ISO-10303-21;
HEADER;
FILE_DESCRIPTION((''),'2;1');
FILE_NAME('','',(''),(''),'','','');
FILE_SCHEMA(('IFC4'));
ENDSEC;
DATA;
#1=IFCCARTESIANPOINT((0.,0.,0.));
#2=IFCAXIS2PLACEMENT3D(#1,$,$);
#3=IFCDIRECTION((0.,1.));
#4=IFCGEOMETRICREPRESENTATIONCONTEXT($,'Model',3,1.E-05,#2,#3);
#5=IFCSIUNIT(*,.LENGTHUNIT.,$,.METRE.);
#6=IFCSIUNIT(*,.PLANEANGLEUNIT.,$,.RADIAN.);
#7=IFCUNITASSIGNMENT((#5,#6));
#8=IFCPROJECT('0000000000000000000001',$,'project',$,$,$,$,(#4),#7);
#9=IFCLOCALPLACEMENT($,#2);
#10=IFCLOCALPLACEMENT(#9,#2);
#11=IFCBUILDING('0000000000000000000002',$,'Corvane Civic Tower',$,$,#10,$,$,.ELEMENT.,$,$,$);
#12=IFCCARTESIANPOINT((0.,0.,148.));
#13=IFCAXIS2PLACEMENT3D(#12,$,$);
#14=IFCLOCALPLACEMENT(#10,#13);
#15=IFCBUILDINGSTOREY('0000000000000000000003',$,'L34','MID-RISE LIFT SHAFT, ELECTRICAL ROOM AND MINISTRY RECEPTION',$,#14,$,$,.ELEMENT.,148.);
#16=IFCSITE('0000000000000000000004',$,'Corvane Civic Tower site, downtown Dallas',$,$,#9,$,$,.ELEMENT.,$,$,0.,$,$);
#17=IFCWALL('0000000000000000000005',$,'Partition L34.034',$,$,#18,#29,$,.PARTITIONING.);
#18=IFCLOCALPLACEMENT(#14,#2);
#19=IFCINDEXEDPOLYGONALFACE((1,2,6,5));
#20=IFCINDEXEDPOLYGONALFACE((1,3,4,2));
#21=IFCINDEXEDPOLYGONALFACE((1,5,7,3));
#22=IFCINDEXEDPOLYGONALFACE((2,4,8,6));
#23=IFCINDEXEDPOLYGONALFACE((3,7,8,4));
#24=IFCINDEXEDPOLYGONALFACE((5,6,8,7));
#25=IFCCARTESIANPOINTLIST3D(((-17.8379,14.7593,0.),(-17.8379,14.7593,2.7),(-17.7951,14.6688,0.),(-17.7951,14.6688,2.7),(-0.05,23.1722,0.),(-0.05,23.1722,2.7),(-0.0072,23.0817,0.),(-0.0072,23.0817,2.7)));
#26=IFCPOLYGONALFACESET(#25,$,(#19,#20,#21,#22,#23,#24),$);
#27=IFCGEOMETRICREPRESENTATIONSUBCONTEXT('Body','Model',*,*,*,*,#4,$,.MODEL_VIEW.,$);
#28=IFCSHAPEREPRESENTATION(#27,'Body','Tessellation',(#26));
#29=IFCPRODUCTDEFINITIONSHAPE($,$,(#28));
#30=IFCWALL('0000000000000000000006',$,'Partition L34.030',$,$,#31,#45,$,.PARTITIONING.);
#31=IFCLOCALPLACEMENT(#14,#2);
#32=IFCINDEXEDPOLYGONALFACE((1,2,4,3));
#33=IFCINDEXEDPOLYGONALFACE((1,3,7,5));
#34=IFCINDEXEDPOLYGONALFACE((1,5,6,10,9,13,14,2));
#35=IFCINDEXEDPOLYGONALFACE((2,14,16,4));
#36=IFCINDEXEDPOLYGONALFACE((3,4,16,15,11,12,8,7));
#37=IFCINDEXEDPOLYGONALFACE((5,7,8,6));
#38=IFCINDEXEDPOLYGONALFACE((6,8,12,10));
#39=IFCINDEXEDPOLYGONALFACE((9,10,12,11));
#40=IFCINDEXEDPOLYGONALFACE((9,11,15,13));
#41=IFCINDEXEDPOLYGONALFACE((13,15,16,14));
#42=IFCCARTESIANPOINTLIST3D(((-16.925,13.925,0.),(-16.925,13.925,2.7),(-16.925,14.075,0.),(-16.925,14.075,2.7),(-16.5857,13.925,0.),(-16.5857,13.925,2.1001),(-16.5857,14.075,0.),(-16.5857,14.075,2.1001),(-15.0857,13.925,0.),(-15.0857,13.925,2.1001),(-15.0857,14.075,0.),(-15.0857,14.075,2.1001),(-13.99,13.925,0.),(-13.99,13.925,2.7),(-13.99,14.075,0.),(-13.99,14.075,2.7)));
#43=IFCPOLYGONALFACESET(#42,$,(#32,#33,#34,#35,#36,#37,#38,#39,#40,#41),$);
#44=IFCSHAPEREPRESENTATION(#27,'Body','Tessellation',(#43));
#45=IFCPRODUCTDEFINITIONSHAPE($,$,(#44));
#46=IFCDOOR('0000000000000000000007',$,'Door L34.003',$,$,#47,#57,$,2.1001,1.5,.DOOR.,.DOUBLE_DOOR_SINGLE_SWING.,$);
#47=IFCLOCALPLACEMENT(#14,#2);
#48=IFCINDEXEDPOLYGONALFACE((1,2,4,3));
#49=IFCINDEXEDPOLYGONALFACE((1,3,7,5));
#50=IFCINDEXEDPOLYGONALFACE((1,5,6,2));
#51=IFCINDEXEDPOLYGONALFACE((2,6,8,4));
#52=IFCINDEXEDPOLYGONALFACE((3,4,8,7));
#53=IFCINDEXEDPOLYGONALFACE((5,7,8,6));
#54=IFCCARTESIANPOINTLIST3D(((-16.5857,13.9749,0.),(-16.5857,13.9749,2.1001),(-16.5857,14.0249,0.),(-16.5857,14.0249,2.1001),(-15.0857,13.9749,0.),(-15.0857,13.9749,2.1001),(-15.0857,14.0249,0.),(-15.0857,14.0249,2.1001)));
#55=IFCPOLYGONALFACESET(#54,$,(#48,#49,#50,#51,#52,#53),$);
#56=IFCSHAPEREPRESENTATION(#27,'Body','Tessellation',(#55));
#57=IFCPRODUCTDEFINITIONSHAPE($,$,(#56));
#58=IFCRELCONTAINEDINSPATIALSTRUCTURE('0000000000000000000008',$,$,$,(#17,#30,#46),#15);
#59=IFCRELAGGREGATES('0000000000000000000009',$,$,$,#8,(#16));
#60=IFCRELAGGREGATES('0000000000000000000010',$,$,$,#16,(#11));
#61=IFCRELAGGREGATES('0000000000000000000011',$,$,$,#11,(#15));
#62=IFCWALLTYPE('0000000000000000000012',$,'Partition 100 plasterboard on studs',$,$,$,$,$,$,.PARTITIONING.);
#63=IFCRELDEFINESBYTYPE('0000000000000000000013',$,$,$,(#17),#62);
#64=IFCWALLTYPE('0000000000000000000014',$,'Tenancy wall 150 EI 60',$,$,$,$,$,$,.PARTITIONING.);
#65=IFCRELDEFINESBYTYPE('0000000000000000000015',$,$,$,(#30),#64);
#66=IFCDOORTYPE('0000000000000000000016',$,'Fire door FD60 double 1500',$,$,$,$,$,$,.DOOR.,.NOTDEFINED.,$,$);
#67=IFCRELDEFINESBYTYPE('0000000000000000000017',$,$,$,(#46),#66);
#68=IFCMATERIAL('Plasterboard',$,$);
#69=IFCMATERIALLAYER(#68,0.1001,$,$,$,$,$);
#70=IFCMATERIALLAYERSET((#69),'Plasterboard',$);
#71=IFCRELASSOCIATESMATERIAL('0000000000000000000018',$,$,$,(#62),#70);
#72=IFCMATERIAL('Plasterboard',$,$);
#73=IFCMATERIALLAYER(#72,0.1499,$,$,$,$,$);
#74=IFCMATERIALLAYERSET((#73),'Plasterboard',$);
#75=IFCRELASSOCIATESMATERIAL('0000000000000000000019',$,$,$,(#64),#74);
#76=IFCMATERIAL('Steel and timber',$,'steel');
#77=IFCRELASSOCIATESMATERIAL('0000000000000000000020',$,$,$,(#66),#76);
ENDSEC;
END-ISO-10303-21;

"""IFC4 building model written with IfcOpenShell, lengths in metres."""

from ifc_helpers import new_model, si_unit, direction, frame, frame_2d, origin, place, context, subcontext, project, spatial, rectangle, extrude, material, layer, layer_set, type_object, element, fill, save


model = new_model("IFC4")

# Units and contexts
model_context = context("Model", 3, precision=1e-05, world=origin(), true_north=direction((0.0, 1.0)))
body_context = subcontext(model_context, "Body", "Model", "MODEL_VIEW")
ifc_project = project(units=[si_unit("LENGTHUNIT", "METRE"), si_unit("PLANEANGLEUNIT", "RADIAN")], contexts=[model_context])

# Site, building, storey
site_placement = place(None, origin())
site = spatial("IfcSite", under=ifc_project, at=site_placement, Name="Corvane Civic Tower site, downtown Dallas", CompositionType="ELEMENT", RefElevation=0.0)
building_placement = place(site_placement, origin())
building = spatial("IfcBuilding", under=site, at=building_placement, Name="Corvane Civic Tower", CompositionType="ELEMENT")
storey_placement = place(building_placement, frame((0.0, 0.0, 148.0)))
storey = spatial("IfcBuildingStorey", under=building, at=storey_placement, Name="L34", Description="MID-RISE LIFT SHAFT, ELECTRICAL ROOM AND MINISTRY RECEPTION", CompositionType="ELEMENT", Elevation=148.0)

# Wall
ifc_material_1 = material(Name="Plasterboard")
ifc_layer_1 = layer(ifc_material_1, 0.1001)
ifc_layer_set_1 = layer_set([ifc_layer_1], Name="Plasterboard")
wall_type_1 = type_object("IfcWallType", Name="Partition 100 plasterboard on studs", PredefinedType="PARTITIONING", material=ifc_layer_set_1)
wall_1_placement = place(storey_placement, frame((-17.8164, 14.7141, 0.0), z_axis=(0.0, 0.0, 1.0), x_axis=(0.903993, 0.427548, 0.0)))
element("IfcWall", 1, at=wall_1_placement, inside=storey, type_object=wall_type_1, Name="Partition L34.034", PredefinedType="PARTITIONING", context=body_context, shape_type="SweptSolid", body=[
    extrude(rectangle(XDim=19.677, YDim=0.1001, at=frame_2d((9.8384, 0.0))), origin(), (0.0, 0.0, 1.0), 2.7),
])

# Wall, opening, door
ifc_material_2 = material(Name="Plasterboard")
ifc_layer_2 = layer(ifc_material_2, 0.1499)
ifc_layer_set_2 = layer_set([ifc_layer_2], Name="Plasterboard")
wall_type_2 = type_object("IfcWallType", Name="Tenancy wall 150 EI 60", PredefinedType="PARTITIONING", material=ifc_layer_set_2)
wall_2_placement = place(storey_placement, frame((-16.925, 14.0, 0.0), z_axis=(0.0, 0.0, 1.0), x_axis=(1.0, 0.0, 0.0)))
wall_2 = element("IfcWall", 2, at=wall_2_placement, inside=storey, type_object=wall_type_2, Name="Partition L34.030", PredefinedType="PARTITIONING", context=body_context, shape_type="SweptSolid", body=[
    extrude(rectangle(XDim=2.9351, YDim=0.1499, at=frame_2d((1.4675, 0.0))), origin(), (0.0, 0.0, 1.0), 2.7),
])
opening_placement = place(wall_2_placement, frame((0.3394, 0.0, 0.0)))
opening = element("IfcOpeningElement", 3, at=opening_placement, cuts=wall_2, PredefinedType="OPENING", context=body_context, shape_type="SweptSolid", body=[
    extrude(rectangle(XDim=1.5, YDim=2.1001, at=frame_2d((0.75, 1.05))), frame((0.0, 0.085, 0.0), z_axis=(0.0, -1.0, 0.0), x_axis=(1.0, 0.0, 0.0)), (0.0, 0.0, 1.0), 0.1699),
])
ifc_material_3 = material(Name="Steel and timber", Category="steel")
door_type = type_object("IfcDoorType", Name="Fire door FD60 double 1500", OperationType="NOTDEFINED", PredefinedType="DOOR", material=ifc_material_3)
door_placement = place(opening_placement, origin())
door = element("IfcDoor", 4, at=door_placement, inside=storey, type_object=door_type, Name="Door L34.003", OperationType="DOUBLE_DOOR_SINGLE_SWING", OverallHeight=2.1001, OverallWidth=1.5, PredefinedType="DOOR", context=body_context, shape_type="SweptSolid", body=[
    extrude(rectangle(XDim=1.5, YDim=2.1001, at=frame_2d((0.75, 1.05))), frame((0.0, 0.0249, 0.0), z_axis=(0.0, -1.0, 0.0), x_axis=(1.0, 0.0, 0.0)), (0.0, 0.0, 1.0), 0.05),
])
fill(opening, door)

save(model, "model.ifc")
